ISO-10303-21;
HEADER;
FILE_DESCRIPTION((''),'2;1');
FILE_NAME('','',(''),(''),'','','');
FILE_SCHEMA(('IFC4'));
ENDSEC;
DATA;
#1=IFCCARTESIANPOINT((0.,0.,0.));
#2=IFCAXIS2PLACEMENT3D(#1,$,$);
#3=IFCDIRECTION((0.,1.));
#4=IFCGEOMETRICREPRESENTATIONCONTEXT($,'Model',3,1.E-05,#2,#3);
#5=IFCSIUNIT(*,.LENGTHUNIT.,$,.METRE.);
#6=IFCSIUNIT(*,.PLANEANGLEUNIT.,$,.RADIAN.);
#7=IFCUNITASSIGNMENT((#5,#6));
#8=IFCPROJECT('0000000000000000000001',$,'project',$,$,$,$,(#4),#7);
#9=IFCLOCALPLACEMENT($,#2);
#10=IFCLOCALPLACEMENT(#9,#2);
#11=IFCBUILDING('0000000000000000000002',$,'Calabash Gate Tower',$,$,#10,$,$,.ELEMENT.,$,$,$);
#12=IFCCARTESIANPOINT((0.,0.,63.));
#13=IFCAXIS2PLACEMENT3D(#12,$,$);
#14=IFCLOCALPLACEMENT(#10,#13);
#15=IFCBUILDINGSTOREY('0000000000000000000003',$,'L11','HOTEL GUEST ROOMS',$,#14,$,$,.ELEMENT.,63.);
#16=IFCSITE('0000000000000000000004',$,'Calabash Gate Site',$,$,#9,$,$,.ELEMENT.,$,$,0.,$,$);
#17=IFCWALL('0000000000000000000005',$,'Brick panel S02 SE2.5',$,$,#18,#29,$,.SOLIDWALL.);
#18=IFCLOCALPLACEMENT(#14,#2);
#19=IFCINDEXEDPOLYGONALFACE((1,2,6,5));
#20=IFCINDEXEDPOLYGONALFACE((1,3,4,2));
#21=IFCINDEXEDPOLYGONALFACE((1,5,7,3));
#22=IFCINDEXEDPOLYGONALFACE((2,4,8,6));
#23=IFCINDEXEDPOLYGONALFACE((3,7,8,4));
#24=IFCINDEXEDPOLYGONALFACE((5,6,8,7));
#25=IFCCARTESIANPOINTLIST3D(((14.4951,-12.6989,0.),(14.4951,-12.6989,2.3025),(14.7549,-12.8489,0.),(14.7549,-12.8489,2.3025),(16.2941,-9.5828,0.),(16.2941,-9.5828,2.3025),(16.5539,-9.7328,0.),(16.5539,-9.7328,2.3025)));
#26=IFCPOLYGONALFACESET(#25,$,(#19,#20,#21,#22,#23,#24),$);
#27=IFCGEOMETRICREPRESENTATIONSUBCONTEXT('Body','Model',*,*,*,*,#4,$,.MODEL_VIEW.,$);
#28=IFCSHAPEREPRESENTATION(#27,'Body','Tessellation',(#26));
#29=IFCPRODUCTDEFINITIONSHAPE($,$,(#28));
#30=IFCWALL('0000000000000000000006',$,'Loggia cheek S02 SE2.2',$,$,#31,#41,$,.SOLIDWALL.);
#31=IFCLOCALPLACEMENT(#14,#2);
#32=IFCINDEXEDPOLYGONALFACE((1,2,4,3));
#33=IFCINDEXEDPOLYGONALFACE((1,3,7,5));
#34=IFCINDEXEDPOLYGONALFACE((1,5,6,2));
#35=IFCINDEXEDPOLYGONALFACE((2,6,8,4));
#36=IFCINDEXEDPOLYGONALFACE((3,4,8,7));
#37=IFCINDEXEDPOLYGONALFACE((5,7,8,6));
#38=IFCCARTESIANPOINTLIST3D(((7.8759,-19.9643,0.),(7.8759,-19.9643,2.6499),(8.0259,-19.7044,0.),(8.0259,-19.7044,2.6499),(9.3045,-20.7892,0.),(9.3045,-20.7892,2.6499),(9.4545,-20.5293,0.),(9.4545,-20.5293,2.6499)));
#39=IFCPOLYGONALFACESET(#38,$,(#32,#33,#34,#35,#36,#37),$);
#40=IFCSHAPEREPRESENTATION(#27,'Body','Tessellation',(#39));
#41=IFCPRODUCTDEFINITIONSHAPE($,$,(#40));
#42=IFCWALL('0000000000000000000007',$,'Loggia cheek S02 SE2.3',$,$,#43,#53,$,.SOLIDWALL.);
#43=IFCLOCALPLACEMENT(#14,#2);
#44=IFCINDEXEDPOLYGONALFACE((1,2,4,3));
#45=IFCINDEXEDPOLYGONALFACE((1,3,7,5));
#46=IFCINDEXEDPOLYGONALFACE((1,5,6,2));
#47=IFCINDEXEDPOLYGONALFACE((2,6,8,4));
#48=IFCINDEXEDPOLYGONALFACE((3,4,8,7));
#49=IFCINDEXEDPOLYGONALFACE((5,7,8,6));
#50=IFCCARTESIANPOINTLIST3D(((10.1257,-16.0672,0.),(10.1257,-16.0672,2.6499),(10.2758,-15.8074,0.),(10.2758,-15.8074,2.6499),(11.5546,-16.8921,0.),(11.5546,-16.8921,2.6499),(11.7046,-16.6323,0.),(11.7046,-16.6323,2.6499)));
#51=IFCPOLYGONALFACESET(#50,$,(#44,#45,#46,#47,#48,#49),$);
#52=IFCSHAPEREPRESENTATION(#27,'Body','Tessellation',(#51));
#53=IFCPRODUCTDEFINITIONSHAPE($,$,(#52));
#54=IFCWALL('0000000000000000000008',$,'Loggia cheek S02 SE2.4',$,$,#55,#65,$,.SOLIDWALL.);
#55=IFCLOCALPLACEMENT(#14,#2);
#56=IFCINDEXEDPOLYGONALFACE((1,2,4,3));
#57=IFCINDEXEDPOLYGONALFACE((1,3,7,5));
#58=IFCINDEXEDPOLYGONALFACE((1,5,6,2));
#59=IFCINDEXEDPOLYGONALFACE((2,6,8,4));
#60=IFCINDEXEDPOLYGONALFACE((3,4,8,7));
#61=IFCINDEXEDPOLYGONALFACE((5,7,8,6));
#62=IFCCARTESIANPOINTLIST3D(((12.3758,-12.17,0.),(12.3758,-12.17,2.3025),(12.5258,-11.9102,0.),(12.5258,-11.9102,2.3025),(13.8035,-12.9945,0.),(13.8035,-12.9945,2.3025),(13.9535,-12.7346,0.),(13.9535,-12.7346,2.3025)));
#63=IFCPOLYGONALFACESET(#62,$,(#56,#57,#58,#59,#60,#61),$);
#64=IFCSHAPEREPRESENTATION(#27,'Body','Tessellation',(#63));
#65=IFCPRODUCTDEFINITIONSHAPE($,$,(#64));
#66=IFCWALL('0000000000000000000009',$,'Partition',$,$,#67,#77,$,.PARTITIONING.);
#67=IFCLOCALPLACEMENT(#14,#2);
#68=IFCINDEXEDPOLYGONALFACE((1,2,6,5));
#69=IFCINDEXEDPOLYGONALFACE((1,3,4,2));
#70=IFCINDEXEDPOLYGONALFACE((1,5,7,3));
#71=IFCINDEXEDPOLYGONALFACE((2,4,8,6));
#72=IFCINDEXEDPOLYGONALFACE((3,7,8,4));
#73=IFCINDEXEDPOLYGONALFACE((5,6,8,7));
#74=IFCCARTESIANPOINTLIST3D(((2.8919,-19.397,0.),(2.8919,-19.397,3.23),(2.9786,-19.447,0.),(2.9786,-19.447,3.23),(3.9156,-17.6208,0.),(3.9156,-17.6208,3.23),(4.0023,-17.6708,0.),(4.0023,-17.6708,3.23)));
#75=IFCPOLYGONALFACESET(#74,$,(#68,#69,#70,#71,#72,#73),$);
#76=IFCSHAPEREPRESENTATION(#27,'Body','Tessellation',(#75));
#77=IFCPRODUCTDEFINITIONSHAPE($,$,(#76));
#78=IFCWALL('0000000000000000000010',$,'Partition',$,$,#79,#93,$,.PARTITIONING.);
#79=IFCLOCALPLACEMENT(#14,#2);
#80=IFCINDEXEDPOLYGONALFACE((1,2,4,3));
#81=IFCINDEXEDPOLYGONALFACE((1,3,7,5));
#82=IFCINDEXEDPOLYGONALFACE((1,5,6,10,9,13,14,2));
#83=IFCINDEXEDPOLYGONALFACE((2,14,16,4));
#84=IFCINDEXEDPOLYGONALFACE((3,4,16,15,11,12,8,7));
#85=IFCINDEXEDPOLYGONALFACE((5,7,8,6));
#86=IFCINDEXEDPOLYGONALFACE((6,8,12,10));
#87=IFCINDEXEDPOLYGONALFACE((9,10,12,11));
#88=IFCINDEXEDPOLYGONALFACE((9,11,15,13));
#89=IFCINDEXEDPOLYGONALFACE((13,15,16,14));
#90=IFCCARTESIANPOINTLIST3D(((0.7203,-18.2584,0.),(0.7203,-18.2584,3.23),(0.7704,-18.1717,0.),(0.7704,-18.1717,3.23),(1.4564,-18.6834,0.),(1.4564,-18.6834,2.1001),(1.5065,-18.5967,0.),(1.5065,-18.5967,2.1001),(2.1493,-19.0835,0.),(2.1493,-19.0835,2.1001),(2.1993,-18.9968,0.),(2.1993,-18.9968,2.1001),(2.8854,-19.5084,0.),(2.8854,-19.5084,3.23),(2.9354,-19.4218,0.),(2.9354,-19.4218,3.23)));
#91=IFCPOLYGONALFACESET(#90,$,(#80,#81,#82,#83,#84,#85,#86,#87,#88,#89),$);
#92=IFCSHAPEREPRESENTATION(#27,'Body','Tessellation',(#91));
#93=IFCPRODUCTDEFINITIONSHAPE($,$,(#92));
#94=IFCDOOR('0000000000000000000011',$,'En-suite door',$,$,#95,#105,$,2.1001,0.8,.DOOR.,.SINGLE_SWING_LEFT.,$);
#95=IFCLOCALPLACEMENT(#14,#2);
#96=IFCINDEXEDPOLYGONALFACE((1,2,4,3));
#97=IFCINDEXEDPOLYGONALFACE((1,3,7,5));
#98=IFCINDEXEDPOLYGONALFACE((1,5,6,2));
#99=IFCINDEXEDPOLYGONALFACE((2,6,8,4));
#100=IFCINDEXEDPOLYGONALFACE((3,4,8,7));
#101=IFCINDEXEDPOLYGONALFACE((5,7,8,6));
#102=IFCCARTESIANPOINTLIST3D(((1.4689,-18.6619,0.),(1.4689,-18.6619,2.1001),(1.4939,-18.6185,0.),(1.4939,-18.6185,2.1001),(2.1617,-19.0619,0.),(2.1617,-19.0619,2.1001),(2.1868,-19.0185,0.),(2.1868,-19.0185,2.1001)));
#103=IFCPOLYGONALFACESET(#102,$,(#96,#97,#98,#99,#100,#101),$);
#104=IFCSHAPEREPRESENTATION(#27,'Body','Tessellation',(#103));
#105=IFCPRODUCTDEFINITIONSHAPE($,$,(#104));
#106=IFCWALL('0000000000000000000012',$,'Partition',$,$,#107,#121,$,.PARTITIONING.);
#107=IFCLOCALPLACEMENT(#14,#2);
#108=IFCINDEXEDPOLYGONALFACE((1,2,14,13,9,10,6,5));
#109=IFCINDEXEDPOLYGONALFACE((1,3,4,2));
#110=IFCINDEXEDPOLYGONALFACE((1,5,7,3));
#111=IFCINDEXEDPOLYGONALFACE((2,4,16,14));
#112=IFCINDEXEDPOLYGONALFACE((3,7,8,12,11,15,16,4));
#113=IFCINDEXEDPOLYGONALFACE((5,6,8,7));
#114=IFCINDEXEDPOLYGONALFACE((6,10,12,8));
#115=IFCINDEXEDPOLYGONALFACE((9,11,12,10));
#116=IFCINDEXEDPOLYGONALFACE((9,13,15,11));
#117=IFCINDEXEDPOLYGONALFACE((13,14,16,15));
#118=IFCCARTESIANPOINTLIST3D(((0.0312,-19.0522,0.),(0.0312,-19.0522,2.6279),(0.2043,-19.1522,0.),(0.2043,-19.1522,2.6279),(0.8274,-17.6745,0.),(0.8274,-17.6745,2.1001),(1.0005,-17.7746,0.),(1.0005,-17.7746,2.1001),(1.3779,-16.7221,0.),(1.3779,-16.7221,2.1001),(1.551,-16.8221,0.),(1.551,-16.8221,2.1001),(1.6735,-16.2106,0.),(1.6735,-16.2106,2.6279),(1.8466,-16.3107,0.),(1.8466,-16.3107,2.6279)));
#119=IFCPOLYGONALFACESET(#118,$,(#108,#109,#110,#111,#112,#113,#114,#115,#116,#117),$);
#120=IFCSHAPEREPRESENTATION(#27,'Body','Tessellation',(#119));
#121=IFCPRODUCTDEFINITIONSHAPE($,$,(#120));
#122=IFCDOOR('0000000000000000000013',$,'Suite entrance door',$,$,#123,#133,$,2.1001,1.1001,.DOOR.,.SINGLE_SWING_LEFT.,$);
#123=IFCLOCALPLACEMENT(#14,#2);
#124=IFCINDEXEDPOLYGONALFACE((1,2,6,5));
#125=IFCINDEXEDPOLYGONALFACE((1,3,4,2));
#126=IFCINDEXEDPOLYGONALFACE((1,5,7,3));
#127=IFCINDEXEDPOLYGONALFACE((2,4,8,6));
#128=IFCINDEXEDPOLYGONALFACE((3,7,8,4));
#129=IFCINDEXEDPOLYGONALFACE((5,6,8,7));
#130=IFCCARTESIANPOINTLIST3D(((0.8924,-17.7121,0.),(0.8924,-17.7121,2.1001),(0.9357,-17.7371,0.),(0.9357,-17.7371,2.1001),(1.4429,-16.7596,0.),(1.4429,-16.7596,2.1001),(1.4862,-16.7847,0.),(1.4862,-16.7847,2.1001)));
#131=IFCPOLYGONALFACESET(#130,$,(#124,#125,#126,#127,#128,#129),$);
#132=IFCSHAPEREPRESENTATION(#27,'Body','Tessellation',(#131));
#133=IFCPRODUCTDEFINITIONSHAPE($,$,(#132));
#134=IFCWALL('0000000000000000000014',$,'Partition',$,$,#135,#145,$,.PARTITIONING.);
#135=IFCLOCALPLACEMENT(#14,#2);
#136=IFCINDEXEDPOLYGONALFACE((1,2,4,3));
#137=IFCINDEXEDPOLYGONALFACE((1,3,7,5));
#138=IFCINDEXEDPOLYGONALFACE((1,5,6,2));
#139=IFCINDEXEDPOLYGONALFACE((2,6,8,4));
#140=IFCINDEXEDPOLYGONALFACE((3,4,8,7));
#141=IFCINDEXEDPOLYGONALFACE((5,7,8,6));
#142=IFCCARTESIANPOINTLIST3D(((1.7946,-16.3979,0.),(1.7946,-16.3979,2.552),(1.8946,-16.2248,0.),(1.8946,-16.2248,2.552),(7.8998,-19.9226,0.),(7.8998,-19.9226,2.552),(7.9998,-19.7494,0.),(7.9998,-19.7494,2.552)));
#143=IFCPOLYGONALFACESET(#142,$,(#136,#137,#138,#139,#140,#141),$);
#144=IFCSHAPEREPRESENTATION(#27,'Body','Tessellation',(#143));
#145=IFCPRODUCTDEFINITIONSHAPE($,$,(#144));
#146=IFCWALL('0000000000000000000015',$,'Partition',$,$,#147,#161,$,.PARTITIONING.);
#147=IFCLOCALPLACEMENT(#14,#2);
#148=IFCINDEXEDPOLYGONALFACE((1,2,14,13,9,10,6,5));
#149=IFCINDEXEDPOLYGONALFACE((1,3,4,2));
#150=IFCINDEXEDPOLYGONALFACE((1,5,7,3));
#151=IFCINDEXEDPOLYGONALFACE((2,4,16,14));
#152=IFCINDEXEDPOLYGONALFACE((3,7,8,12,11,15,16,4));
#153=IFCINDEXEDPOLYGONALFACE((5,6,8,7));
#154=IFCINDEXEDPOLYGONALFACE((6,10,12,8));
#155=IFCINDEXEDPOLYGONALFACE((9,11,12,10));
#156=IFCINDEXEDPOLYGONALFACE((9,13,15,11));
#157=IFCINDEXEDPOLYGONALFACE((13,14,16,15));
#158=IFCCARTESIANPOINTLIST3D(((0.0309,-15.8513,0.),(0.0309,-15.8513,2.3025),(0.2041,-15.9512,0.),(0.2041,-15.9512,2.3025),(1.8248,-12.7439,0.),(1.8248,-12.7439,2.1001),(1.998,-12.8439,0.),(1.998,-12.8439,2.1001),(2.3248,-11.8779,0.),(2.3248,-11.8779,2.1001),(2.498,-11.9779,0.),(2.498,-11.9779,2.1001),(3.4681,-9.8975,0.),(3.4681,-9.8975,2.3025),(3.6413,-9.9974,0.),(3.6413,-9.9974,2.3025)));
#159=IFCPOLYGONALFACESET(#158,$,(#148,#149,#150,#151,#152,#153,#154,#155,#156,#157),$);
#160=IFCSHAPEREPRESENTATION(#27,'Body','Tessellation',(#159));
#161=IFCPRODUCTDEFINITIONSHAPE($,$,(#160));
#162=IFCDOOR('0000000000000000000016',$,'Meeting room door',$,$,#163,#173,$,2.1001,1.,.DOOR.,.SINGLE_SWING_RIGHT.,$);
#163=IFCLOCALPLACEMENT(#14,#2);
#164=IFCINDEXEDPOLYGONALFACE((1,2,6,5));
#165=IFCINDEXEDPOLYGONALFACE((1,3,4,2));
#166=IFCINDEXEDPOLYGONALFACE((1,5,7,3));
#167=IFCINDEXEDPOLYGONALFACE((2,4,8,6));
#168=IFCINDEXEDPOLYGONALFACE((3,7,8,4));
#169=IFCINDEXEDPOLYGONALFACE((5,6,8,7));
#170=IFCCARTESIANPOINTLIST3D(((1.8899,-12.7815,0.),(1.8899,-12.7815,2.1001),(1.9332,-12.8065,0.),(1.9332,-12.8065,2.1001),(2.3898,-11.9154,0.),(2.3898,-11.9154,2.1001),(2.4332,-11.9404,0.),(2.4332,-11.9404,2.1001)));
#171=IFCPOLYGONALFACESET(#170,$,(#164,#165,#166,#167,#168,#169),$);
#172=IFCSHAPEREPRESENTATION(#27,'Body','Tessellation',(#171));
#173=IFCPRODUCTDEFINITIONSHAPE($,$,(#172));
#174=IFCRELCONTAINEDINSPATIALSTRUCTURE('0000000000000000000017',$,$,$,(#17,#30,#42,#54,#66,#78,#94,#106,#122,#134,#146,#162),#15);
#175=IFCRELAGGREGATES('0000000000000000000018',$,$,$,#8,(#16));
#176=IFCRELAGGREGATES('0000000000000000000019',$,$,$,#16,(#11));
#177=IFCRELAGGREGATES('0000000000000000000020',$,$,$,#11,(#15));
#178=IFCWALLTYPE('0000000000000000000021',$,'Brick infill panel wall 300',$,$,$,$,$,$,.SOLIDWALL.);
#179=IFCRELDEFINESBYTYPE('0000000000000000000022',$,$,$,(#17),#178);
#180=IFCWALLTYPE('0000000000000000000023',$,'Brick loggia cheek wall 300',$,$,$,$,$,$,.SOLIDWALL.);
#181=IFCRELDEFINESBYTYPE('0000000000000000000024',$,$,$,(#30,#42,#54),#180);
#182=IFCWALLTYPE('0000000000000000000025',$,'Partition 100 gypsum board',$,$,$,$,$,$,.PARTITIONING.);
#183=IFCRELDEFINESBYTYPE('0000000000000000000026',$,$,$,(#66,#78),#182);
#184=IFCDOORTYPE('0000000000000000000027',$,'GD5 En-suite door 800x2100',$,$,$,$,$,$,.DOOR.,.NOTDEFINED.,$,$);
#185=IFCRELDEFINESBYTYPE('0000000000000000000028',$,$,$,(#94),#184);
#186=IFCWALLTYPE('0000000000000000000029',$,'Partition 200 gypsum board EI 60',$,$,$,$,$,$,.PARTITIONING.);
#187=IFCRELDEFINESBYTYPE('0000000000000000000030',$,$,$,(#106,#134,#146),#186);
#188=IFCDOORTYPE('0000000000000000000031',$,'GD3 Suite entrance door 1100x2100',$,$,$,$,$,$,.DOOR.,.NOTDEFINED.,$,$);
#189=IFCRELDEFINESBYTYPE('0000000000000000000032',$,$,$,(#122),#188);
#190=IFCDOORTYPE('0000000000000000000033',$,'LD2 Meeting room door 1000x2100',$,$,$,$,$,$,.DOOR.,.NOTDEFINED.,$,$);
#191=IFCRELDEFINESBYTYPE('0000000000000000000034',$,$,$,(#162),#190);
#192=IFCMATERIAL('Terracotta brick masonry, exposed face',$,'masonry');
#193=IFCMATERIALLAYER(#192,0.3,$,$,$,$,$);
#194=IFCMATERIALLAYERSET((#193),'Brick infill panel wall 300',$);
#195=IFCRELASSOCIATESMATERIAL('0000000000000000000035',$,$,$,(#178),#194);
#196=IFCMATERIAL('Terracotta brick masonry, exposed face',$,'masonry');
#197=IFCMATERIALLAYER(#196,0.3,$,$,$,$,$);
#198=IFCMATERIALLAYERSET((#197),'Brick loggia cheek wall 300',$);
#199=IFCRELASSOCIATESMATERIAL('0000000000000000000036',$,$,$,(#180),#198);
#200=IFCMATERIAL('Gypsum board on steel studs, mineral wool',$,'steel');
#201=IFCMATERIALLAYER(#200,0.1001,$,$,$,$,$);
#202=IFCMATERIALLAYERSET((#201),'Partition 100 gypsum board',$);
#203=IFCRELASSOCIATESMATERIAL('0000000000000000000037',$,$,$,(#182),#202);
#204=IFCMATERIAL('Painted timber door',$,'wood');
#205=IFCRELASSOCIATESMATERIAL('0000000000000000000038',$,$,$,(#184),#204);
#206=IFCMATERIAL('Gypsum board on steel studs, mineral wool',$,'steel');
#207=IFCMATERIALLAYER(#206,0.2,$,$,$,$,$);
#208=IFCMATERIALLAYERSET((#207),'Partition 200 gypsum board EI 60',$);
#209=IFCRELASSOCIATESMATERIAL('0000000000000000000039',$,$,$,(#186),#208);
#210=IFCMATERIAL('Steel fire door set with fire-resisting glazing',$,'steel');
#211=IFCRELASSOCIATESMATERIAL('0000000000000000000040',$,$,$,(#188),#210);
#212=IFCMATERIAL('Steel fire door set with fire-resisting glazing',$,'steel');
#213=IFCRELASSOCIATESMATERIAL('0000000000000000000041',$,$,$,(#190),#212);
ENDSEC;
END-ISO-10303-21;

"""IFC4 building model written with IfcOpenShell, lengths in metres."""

from ifc_helpers import new_model, si_unit, direction, frame, frame_2d, origin, place, context, subcontext, project, spatial, rectangle, extrude, material, layer, layer_set, type_object, element, fill, save


model = new_model("IFC4")

# Units and contexts
model_context = context("Model", 3, precision=1e-05, world=origin(), true_north=direction((0.0, 1.0)))
body_context = subcontext(model_context, "Body", "Model", "MODEL_VIEW")
ifc_project = project(units=[si_unit("LENGTHUNIT", "METRE"), si_unit("PLANEANGLEUNIT", "RADIAN")], contexts=[model_context])

# Site, building, storey
site_placement = place(None, origin())
site = spatial("IfcSite", under=ifc_project, at=site_placement, Name="Calabash Gate Site", CompositionType="ELEMENT", RefElevation=0.0)
building_placement = place(site_placement, origin())
building = spatial("IfcBuilding", under=site, at=building_placement, Name="Calabash Gate Tower", CompositionType="ELEMENT")
storey_placement = place(building_placement, frame((0.0, 0.0, 63.0)))
storey = spatial("IfcBuildingStorey", under=building, at=storey_placement, Name="L11", Description="HOTEL GUEST ROOMS", CompositionType="ELEMENT", Elevation=63.0)

# Walls
ifc_material_1 = material(Name="Terracotta brick masonry, exposed face", Category="masonry")
ifc_layer_1 = layer(ifc_material_1, 0.3)
ifc_layer_set_1 = layer_set([ifc_layer_1], Name="Brick infill panel wall 300")
wall_type_1 = type_object("IfcWallType", Name="Brick infill panel wall 300", PredefinedType="SOLIDWALL", material=ifc_layer_set_1)
wall_1_placement = place(storey_placement, frame((14.625, -12.7739, 0.0), z_axis=(0.0, 0.0, 1.0), x_axis=(0.499985, 0.866034, 0.0)))
element("IfcWall", 1, at=wall_1_placement, inside=storey, type_object=wall_type_1, Name="Brick panel S02 SE2.5", PredefinedType="SOLIDWALL", context=body_context, shape_type="SweptSolid", body=[
    extrude(rectangle(XDim=3.5981, YDim=0.3, at=frame_2d((1.7991, 0.0))), origin(), (0.0, 0.0, 1.0), 2.3025),
])
ifc_material_2 = material(Name="Terracotta brick masonry, exposed face", Category="masonry")
ifc_layer_2 = layer(ifc_material_2, 0.3)
ifc_layer_set_2 = layer_set([ifc_layer_2], Name="Brick loggia cheek wall 300")
wall_type_2 = type_object("IfcWallType", Name="Brick loggia cheek wall 300", PredefinedType="SOLIDWALL", material=ifc_layer_set_2)
wall_2_placement = place(storey_placement, frame((9.3794, -20.6592, 0.0), z_axis=(0.0, 0.0, 1.0), x_axis=(-0.866003, 0.500038, 0.0)))
element("IfcWall", 2, at=wall_2_placement, inside=storey, type_object=wall_type_2, Name="Loggia cheek S02 SE2.2", PredefinedType="SOLIDWALL", context=body_context, shape_type="SweptSolid", body=[
    extrude(rectangle(XDim=1.6497, YDim=0.3, at=frame_2d((0.8247, 0.0))), origin(), (0.0, 0.0, 1.0), 2.6499),
])
wall_3_placement = place(storey_placement, frame((11.6296, -16.7622, 0.0), z_axis=(0.0, 0.0, 1.0), x_axis=(-0.86604, 0.499974, 0.0)))
element("IfcWall", 3, at=wall_3_placement, inside=storey, type_object=wall_type_2, Name="Loggia cheek S02 SE2.3", PredefinedType="SOLIDWALL", context=body_context, shape_type="SweptSolid", body=[
    extrude(rectangle(XDim=1.6499, YDim=0.3, at=frame_2d((0.825, 0.0))), origin(), (0.0, 0.0, 1.0), 2.6499),
])
wall_4_placement = place(storey_placement, frame((13.8784, -12.8645, 0.0), z_axis=(0.0, 0.0, 1.0), x_axis=(-0.865983, 0.500073, 0.0)))
element("IfcWall", 4, at=wall_4_placement, inside=storey, type_object=wall_type_2, Name="Loggia cheek S02 SE2.4", PredefinedType="SOLIDWALL", context=body_context, shape_type="SweptSolid", body=[
    extrude(rectangle(XDim=1.6487, YDim=0.3, at=frame_2d((0.8242, 0.0))), origin(), (0.0, 0.0, 1.0), 2.3025),
])
ifc_material_3 = material(Name="Gypsum board on steel studs, mineral wool", Category="steel")
ifc_layer_3 = layer(ifc_material_3, 0.1001)
ifc_layer_set_3 = layer_set([ifc_layer_3], Name="Partition 100 gypsum board")
wall_type_3 = type_object("IfcWallType", Name="Partition 100 gypsum board", PredefinedType="PARTITIONING", material=ifc_layer_set_3)
wall_5_placement = place(storey_placement, frame((2.9353, -19.4219, 0.0), z_axis=(0.0, 0.0, 1.0), x_axis=(0.499355, 0.866398, 0.0)))
element("IfcWall", 5, at=wall_5_placement, inside=storey, type_object=wall_type_3, Name="Partition", PredefinedType="PARTITIONING", context=body_context, shape_type="SweptSolid", body=[
    extrude(rectangle(XDim=2.05, YDim=0.1001, at=frame_2d((1.0249, 0.0))), origin(), (0.0, 0.0, 1.0), 3.23),
])

# Walls, openings, doors
wall_6_placement = place(storey_placement, frame((0.7454, -18.2151, 0.0), z_axis=(0.0, 0.0, 1.0), x_axis=(0.866023, -0.500004, 0.0)))
wall_6 = element("IfcWall", 6, at=wall_6_placement, inside=storey, type_object=wall_type_3, Name="Partition", PredefinedType="PARTITIONING", context=body_context, shape_type="SweptSolid", body=[
    extrude(rectangle(XDim=2.5, YDim=0.1001, at=frame_2d((1.25, 0.0))), origin(), (0.0, 0.0, 1.0), 3.23),
])
opening_1_placement = place(wall_6_placement, frame((0.8501, 0.0, 0.0)))
opening_1 = element("IfcOpeningElement", 7, at=opening_1_placement, cuts=wall_6, PredefinedType="OPENING", context=body_context, shape_type="SweptSolid", body=[
    extrude(rectangle(XDim=0.8, YDim=2.1001, at=frame_2d((0.3999, 1.05))), frame((0.0, 0.0601, 0.0), z_axis=(0.0, -1.0, 0.0), x_axis=(1.0, 0.0, 0.0)), (0.0, 0.0, 1.0), 0.1201),
])
ifc_material_4 = material(Name="Painted timber door", Category="wood")
door_type_1 = type_object("IfcDoorType", Name="GD5 En-suite door 800x2100", OperationType="NOTDEFINED", PredefinedType="DOOR", material=ifc_material_4)
door_1_placement = place(opening_1_placement, origin())
door_1 = element("IfcDoor", 8, at=door_1_placement, inside=storey, type_object=door_type_1, Name="En-suite door", OperationType="SINGLE_SWING_LEFT", OverallHeight=2.1001, OverallWidth=0.8, PredefinedType="DOOR", context=body_context, shape_type="SweptSolid", body=[
    extrude(rectangle(XDim=0.8, YDim=2.1001, at=frame_2d((0.3999, 1.05))), frame((0.0, 0.0249, 0.0), z_axis=(0.0, -1.0, 0.0), x_axis=(1.0, 0.0, 0.0)), (0.0, 0.0, 1.0), 0.05),
])
fill(opening_1, door_1)
ifc_material_5 = material(Name="Gypsum board on steel studs, mineral wool", Category="steel")
ifc_layer_4 = layer(ifc_material_5, 0.2)
ifc_layer_set_4 = layer_set([ifc_layer_4], Name="Partition 200 gypsum board EI 60")
wall_type_4 = type_object("IfcWallType", Name="Partition 200 gypsum board EI 60", PredefinedType="PARTITIONING", material=ifc_layer_set_4)
wall_7_placement = place(storey_placement, frame((0.1177, -19.1023, 0.0), z_axis=(0.0, 0.0, 1.0), x_axis=(0.500403, 0.865793, 0.0)))
wall_7 = element("IfcWall", 9, at=wall_7_placement, inside=storey, type_object=wall_type_4, Name="Partition", PredefinedType="PARTITIONING", context=body_context, shape_type="SweptSolid", body=[
    extrude(rectangle(XDim=3.282, YDim=0.2, at=frame_2d((1.6411, 0.0))), origin(), (0.0, 0.0, 1.0), 2.6279),
])
opening_2_placement = place(wall_7_placement, frame((1.5913, 0.0, 0.0)))
opening_2 = element("IfcOpeningElement", 10, at=opening_2_placement, cuts=wall_7, PredefinedType="OPENING", context=body_context, shape_type="SweptSolid", body=[
    extrude(rectangle(XDim=1.1001, YDim=2.1001, at=frame_2d((0.55, 1.05))), frame((0.0, 0.1099, 0.0), z_axis=(0.0, -1.0, 0.0), x_axis=(1.0, 0.0, 0.0)), (0.0, 0.0, 1.0), 0.22),
])
ifc_material_6 = material(Name="Steel fire door set with fire-resisting glazing", Category="steel")
door_type_2 = type_object("IfcDoorType", Name="GD3 Suite entrance door 1100x2100", OperationType="NOTDEFINED", PredefinedType="DOOR", material=ifc_material_6)
door_2_placement = place(opening_2_placement, origin())
door_2 = element("IfcDoor", 11, at=door_2_placement, inside=storey, type_object=door_type_2, Name="Suite entrance door", OperationType="SINGLE_SWING_LEFT", OverallHeight=2.1001, OverallWidth=1.1001, PredefinedType="DOOR", context=body_context, shape_type="SweptSolid", body=[
    extrude(rectangle(XDim=1.1001, YDim=2.1001, at=frame_2d((0.55, 1.05))), frame((0.0, 0.0249, 0.0), z_axis=(0.0, -1.0, 0.0), x_axis=(1.0, 0.0, 0.0)), (0.0, 0.0, 1.0), 0.05),
])
fill(opening_2, door_2)

# Wall
wall_8_placement = place(storey_placement, frame((1.8445, -16.3113, 0.0), z_axis=(0.0, 0.0, 1.0), x_axis=(0.866037, -0.499979, 0.0)))
element("IfcWall", 12, at=wall_8_placement, inside=storey, type_object=wall_type_4, Name="Partition", PredefinedType="PARTITIONING", context=body_context, shape_type="SweptSolid", body=[
    extrude(rectangle(XDim=7.0496, YDim=0.2, at=frame_2d((3.5249, 0.0))), origin(), (0.0, 0.0, 1.0), 2.552),
])

# Wall, opening, door
wall_9_placement = place(storey_placement, frame((0.1174, -15.9014, 0.0), z_axis=(0.0, 0.0, 1.0), x_axis=(0.499978, 0.866038, 0.0)))
wall_9 = element("IfcWall", 13, at=wall_9_placement, inside=storey, type_object=wall_type_4, Name="Partition", PredefinedType="PARTITIONING", context=body_context, shape_type="SweptSolid", body=[
    extrude(rectangle(XDim=6.8748, YDim=0.2, at=frame_2d((3.4375, 0.0))), origin(), (0.0, 0.0, 1.0), 2.3025),
])
opening_3_placement = place(wall_9_placement, frame((3.5881, 0.0, 0.0)))
opening_3 = element("IfcOpeningElement", 14, at=opening_3_placement, cuts=wall_9, PredefinedType="OPENING", context=body_context, shape_type="SweptSolid", body=[
    extrude(rectangle(XDim=1.0, YDim=2.1001, at=frame_2d((0.5, 1.05))), frame((0.0, 0.1099, 0.0), z_axis=(0.0, -1.0, 0.0), x_axis=(1.0, 0.0, 0.0)), (0.0, 0.0, 1.0), 0.22),
])
ifc_material_7 = material(Name="Steel fire door set with fire-resisting glazing", Category="steel")
door_type_3 = type_object("IfcDoorType", Name="LD2 Meeting room door 1000x2100", OperationType="NOTDEFINED", PredefinedType="DOOR", material=ifc_material_7)
door_3_placement = place(opening_3_placement, origin())
door_3 = element("IfcDoor", 15, at=door_3_placement, inside=storey, type_object=door_type_3, Name="Meeting room door", OperationType="SINGLE_SWING_RIGHT", OverallHeight=2.1001, OverallWidth=1.0, PredefinedType="DOOR", context=body_context, shape_type="SweptSolid", body=[
    extrude(rectangle(XDim=1.0, YDim=2.1001, at=frame_2d((0.5, 1.05))), frame((0.0, 0.0249, 0.0), z_axis=(0.0, -1.0, 0.0), x_axis=(1.0, 0.0, 0.0)), (0.0, 0.0, 1.0), 0.05),
])
fill(opening_3, door_3)

save(model, "model.ifc")
